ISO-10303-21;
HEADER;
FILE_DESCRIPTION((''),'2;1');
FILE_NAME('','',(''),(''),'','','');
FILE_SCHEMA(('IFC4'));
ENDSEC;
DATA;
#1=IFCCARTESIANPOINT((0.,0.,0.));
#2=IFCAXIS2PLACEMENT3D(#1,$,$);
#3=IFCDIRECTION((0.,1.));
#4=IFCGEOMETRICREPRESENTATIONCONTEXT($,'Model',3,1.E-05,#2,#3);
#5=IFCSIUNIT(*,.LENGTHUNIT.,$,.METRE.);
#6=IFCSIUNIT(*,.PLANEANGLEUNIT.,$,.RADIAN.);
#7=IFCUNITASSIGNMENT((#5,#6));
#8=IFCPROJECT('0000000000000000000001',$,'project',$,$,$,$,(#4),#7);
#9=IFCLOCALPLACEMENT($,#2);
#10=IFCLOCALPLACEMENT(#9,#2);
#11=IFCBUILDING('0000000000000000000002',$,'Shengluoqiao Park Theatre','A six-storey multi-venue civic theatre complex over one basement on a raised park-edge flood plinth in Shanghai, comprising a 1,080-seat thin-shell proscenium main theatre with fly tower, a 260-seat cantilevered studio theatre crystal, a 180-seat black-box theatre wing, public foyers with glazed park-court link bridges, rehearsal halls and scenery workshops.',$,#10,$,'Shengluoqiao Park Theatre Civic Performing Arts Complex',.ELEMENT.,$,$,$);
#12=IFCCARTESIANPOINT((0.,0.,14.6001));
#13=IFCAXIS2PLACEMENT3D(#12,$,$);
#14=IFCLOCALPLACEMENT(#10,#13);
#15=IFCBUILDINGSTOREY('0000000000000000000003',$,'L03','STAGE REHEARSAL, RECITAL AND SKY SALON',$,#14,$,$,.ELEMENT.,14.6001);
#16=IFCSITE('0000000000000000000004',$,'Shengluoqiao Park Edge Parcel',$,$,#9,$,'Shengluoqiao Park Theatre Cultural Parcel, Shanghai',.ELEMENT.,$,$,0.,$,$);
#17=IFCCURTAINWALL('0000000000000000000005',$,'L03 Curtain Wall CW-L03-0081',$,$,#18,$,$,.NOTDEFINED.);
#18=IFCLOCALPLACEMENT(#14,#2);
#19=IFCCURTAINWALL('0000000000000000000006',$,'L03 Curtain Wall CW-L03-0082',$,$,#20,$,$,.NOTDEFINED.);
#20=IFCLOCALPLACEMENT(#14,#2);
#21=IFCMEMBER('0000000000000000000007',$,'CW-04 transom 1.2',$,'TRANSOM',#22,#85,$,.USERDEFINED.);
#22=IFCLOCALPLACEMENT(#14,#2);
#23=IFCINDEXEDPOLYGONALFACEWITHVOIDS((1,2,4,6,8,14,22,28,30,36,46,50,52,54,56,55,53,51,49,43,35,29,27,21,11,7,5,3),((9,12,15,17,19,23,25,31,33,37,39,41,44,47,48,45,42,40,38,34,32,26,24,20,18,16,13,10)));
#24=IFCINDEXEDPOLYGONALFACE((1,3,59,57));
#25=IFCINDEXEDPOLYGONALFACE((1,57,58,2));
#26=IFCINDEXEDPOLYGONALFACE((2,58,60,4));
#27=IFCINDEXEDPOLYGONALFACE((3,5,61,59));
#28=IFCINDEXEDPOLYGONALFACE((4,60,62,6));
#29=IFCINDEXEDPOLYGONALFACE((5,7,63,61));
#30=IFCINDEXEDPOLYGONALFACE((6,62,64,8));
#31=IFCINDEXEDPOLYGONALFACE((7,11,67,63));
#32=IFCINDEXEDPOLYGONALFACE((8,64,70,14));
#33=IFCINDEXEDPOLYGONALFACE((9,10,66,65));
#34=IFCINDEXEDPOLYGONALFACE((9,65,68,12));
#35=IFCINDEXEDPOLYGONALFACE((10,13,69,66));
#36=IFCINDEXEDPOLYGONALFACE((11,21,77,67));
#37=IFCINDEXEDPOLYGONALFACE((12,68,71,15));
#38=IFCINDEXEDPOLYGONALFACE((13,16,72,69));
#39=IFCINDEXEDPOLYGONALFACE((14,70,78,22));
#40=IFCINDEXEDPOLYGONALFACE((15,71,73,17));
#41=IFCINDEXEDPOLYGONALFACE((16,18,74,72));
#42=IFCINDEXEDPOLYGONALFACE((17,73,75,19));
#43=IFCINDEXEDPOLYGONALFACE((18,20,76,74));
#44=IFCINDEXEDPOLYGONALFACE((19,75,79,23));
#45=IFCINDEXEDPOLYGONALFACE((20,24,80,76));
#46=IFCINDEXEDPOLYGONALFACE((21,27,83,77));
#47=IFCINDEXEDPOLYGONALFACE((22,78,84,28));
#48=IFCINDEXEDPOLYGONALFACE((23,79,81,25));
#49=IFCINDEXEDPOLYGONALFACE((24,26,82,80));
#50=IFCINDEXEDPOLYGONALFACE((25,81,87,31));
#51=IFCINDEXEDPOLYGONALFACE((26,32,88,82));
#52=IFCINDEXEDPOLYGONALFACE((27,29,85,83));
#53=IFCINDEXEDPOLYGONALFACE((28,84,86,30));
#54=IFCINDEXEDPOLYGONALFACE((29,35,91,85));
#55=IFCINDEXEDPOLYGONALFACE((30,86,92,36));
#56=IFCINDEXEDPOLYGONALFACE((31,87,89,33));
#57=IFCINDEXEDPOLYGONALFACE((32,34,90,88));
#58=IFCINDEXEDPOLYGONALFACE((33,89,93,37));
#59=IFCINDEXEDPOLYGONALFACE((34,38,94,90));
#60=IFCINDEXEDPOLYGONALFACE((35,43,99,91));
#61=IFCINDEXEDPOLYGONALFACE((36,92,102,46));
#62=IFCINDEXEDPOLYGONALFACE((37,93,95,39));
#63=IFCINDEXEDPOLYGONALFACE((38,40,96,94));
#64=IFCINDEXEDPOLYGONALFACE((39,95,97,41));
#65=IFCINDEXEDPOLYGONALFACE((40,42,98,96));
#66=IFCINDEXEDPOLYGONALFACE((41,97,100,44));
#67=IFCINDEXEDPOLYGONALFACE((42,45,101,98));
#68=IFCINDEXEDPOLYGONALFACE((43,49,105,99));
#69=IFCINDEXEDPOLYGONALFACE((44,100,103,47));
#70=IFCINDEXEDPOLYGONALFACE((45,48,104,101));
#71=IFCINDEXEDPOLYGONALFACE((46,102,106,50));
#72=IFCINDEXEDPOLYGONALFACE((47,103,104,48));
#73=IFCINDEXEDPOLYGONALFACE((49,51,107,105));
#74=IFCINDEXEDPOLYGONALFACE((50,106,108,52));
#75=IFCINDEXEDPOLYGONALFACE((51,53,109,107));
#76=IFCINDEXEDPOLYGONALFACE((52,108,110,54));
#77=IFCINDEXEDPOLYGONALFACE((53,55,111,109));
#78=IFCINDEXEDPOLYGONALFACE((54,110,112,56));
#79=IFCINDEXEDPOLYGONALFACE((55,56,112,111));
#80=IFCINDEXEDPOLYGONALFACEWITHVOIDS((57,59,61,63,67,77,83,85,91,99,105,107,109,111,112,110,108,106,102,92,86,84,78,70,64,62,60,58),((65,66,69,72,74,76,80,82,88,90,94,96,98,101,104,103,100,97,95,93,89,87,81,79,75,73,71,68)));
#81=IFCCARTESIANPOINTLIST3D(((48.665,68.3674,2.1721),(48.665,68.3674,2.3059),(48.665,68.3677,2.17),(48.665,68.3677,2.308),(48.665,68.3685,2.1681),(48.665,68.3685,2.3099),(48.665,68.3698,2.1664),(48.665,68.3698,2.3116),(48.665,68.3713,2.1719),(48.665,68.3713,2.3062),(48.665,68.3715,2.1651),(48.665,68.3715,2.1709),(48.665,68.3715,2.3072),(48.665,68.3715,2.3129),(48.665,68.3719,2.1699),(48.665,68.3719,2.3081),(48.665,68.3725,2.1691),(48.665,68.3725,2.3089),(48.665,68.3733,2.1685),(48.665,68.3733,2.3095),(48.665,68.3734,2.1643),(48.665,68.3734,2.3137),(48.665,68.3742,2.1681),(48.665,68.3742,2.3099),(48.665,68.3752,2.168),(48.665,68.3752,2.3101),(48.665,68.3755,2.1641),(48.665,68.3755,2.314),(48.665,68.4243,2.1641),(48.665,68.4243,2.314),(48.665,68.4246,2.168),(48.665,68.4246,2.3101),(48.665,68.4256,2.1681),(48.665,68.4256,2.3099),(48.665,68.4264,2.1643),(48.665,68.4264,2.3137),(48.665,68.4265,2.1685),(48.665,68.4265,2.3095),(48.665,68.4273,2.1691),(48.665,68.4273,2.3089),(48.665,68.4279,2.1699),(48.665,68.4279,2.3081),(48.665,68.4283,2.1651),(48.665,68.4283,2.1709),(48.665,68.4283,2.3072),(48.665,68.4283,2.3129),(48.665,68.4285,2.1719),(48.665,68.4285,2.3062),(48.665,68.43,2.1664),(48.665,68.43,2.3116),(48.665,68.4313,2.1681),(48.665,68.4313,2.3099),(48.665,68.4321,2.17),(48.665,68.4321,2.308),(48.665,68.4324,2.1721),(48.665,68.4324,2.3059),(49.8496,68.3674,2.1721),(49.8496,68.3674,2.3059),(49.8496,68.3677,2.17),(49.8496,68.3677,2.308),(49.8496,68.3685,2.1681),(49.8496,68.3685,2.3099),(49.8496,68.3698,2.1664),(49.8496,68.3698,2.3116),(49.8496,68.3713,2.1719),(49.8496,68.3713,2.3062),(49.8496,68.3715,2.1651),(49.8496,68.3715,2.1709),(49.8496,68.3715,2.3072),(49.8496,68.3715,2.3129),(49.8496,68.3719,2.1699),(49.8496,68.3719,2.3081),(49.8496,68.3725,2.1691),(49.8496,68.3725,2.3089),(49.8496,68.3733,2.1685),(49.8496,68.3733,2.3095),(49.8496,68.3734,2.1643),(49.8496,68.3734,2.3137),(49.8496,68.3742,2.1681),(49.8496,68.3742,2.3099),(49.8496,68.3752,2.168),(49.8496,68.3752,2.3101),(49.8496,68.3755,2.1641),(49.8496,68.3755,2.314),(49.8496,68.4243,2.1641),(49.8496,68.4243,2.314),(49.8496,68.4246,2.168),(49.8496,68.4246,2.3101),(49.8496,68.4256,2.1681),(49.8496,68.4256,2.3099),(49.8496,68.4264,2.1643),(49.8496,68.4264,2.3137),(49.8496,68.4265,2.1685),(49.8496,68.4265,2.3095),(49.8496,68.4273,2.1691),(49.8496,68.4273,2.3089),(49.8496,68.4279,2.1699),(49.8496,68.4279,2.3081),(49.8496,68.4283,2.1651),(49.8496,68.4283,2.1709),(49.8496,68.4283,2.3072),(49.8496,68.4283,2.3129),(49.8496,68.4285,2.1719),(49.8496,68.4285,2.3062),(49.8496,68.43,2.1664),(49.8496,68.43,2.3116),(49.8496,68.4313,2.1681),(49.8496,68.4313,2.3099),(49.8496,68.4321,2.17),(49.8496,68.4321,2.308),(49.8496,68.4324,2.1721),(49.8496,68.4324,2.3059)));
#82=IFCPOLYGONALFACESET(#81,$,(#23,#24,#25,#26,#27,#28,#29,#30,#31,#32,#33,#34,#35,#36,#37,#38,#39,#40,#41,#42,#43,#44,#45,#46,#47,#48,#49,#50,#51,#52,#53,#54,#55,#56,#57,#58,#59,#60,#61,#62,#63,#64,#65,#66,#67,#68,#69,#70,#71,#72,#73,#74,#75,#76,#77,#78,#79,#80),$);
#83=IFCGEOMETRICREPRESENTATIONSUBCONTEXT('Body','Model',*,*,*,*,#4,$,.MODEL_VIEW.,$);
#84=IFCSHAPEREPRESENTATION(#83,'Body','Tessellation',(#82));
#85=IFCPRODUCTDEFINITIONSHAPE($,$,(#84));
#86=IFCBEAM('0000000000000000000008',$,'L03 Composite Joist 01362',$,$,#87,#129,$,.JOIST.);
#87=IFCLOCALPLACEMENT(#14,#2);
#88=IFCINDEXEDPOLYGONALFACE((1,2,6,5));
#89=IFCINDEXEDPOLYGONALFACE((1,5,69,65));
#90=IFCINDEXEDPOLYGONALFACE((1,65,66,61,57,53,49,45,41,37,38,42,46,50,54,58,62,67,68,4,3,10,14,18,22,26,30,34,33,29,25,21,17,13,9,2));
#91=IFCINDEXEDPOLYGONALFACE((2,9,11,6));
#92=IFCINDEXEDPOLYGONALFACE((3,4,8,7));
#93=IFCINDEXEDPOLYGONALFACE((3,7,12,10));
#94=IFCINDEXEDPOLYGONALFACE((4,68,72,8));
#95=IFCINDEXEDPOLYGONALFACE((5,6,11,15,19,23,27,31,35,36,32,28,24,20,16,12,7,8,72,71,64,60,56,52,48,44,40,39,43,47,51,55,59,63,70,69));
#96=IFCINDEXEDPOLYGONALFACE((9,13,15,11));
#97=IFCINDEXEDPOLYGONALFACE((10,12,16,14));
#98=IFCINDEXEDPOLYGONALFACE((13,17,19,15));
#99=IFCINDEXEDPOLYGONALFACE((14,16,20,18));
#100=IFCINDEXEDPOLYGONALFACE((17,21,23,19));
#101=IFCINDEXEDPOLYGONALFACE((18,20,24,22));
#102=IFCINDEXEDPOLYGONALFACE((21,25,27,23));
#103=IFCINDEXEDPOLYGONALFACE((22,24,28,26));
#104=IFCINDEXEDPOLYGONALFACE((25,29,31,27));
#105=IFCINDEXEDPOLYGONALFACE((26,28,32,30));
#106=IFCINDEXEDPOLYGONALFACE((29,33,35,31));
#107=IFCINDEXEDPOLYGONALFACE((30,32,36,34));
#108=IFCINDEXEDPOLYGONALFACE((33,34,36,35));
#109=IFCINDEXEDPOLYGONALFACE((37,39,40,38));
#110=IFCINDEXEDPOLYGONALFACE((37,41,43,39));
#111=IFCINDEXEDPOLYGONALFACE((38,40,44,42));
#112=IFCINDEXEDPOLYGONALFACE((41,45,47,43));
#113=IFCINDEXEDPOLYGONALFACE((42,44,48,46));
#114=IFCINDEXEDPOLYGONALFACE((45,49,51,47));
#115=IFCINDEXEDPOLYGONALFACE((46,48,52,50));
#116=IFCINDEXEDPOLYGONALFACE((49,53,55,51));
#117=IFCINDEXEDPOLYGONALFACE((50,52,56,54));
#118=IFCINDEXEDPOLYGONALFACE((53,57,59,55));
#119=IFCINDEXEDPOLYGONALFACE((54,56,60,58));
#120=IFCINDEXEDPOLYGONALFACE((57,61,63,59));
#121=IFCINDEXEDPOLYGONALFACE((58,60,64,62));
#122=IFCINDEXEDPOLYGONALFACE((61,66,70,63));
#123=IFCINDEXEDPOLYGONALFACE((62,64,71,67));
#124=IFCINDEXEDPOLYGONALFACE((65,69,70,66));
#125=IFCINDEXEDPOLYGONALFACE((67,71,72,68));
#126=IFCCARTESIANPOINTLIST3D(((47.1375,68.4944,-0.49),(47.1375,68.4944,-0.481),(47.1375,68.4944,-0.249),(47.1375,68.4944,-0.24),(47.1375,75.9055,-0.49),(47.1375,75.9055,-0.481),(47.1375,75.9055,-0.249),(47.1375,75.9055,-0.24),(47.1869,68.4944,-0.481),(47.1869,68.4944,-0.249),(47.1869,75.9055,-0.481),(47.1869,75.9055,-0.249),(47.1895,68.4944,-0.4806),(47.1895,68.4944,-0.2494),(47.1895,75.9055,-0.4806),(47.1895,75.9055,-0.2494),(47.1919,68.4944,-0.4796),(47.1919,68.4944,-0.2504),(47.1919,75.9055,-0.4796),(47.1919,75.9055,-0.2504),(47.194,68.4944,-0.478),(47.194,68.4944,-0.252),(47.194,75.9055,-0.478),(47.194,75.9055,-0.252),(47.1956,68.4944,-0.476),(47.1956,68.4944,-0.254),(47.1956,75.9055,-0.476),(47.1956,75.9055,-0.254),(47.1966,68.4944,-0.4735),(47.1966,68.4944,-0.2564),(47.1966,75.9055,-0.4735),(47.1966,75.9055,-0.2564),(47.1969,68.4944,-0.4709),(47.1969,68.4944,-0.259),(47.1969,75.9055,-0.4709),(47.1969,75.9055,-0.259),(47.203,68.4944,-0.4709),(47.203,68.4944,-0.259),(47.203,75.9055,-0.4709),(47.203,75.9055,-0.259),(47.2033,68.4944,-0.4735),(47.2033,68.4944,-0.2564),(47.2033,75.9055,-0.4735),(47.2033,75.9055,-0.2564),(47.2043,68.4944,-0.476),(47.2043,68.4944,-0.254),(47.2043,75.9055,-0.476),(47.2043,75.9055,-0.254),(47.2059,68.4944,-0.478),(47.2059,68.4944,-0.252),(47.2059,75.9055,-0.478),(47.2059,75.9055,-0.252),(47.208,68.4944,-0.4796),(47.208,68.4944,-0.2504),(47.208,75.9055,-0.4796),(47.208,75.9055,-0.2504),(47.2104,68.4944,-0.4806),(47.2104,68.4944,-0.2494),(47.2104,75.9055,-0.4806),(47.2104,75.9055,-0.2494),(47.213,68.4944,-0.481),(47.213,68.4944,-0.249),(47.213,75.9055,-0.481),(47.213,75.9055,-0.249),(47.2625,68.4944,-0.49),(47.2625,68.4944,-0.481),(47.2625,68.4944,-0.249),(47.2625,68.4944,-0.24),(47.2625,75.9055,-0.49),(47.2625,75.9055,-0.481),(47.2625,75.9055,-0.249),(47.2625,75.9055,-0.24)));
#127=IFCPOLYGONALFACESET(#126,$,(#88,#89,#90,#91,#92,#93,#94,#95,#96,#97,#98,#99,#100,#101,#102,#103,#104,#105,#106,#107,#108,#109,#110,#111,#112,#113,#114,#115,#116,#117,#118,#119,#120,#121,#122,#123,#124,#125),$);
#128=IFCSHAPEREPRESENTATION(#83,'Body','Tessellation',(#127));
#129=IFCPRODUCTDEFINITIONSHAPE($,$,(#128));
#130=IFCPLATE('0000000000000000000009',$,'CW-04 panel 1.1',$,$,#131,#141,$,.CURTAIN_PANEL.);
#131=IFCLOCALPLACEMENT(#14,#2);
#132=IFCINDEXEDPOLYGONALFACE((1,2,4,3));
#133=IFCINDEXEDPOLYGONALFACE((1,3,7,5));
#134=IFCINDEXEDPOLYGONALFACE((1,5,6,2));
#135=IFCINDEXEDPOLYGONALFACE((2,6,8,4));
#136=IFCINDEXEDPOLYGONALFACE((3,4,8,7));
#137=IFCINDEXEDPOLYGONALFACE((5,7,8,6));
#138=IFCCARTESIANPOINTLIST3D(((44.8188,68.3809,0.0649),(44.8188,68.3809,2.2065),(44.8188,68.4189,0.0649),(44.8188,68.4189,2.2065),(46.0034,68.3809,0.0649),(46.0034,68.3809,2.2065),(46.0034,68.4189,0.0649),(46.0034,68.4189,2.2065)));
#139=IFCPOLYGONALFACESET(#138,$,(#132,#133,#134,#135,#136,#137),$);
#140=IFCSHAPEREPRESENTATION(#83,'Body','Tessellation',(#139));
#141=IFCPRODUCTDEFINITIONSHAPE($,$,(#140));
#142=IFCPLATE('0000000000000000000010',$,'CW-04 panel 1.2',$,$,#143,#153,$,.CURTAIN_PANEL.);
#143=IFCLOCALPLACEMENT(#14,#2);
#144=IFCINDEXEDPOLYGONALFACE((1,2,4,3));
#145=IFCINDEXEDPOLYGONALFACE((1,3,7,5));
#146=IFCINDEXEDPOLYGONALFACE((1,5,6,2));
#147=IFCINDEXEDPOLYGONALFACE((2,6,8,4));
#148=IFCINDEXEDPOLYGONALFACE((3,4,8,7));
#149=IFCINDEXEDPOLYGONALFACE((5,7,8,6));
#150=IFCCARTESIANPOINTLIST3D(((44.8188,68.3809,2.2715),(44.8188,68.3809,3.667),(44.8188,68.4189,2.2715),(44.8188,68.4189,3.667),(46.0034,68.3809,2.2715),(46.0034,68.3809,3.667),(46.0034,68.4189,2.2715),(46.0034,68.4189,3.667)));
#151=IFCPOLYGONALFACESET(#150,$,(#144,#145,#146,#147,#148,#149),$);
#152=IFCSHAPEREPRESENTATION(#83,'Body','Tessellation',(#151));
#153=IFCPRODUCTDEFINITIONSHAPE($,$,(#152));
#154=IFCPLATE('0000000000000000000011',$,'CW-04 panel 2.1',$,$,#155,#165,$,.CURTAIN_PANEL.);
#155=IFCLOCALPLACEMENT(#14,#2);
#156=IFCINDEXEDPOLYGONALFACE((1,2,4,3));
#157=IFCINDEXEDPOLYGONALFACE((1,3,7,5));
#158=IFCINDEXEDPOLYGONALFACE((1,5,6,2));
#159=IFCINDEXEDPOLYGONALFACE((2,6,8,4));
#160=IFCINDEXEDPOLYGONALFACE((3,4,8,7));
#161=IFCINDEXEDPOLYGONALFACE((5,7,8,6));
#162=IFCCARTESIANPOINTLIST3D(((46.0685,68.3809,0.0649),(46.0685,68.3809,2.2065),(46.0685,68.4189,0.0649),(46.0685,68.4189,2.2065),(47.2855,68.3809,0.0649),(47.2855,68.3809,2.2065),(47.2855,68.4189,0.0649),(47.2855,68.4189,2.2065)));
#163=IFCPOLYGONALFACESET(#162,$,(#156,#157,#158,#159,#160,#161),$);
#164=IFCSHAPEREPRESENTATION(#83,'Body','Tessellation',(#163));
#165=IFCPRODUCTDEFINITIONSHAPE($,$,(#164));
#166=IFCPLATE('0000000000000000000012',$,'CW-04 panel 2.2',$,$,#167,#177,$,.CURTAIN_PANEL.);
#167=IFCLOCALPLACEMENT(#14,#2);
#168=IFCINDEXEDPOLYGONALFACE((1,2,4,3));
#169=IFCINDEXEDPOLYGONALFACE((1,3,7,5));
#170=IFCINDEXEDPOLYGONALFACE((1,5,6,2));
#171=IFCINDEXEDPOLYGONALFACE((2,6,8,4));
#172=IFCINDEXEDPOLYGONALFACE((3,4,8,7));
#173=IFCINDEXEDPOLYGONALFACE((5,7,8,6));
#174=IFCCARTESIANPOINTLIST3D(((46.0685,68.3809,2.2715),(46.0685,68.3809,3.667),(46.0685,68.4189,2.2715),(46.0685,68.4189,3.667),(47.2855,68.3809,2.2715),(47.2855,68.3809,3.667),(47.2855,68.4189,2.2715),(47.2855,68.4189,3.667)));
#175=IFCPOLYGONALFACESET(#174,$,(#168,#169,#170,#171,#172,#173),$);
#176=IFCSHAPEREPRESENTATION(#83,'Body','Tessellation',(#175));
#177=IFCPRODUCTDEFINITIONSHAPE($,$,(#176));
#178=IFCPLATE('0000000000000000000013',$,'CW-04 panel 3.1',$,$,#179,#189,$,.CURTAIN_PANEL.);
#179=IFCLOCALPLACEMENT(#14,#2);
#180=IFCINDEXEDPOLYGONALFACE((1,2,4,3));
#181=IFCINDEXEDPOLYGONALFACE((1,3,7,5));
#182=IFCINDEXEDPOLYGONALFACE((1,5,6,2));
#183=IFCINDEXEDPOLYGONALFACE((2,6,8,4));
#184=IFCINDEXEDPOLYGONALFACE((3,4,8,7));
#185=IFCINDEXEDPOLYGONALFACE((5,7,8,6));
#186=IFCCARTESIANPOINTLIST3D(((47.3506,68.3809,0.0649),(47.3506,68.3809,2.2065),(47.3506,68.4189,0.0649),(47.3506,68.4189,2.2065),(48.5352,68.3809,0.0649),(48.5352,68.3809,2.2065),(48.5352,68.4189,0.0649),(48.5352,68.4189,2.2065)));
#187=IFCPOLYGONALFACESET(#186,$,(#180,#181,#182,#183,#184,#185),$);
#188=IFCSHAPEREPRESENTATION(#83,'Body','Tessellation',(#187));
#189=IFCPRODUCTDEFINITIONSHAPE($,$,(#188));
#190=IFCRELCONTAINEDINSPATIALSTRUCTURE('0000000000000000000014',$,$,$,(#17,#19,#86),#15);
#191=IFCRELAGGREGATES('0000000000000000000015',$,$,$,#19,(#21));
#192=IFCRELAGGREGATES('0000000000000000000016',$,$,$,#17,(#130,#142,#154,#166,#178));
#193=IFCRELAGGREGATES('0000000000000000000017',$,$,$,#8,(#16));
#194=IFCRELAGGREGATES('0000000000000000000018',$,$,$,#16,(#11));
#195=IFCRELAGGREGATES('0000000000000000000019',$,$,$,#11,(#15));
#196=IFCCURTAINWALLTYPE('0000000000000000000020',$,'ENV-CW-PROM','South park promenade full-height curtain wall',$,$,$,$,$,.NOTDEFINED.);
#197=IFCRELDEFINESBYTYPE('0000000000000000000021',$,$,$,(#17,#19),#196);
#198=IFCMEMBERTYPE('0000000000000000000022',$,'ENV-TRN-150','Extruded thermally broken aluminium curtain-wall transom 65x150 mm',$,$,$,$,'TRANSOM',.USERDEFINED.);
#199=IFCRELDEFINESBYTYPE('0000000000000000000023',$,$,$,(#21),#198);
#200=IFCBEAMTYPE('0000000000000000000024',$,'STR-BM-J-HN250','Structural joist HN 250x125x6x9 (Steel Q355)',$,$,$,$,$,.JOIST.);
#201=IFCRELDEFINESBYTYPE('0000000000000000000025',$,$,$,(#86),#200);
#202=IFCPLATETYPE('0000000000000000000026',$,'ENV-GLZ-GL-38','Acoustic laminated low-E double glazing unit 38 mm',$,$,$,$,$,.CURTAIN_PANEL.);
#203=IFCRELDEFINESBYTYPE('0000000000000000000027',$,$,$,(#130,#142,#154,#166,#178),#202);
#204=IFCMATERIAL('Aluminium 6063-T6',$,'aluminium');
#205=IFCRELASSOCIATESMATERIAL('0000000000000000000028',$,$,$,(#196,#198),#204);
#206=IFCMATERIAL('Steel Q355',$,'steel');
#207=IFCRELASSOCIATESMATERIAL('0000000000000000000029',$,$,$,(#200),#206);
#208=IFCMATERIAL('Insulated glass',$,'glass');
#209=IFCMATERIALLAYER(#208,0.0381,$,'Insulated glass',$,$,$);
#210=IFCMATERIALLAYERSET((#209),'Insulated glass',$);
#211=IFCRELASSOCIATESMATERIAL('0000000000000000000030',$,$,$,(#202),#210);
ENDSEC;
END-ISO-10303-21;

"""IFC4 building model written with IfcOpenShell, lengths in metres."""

from ifc_helpers import new_model, si_unit, direction, frame, origin, origin_2d, place, context, subcontext, project, spatial, rectangle, hollow_rectangle, i_section, extrude, material, layer, layer_set, material_profile, profile_set, type_object, element, aggregate, save


model = new_model("IFC4")

# Units and contexts
model_context = context("Model", 3, precision=1e-05, world=origin(), true_north=direction((0.0, 1.0)))
body_context = subcontext(model_context, "Body", "Model", "MODEL_VIEW")
ifc_project = project(units=[si_unit("LENGTHUNIT", "METRE"), si_unit("PLANEANGLEUNIT", "RADIAN")], contexts=[model_context])

# Site, building, storey
site_placement = place(None, origin())
site = spatial("IfcSite", under=ifc_project, at=site_placement, Name="Shengluoqiao Park Edge Parcel", LongName="Shengluoqiao Park Theatre Cultural Parcel, Shanghai", CompositionType="ELEMENT", RefElevation=0.0)
building_placement = place(site_placement, origin())
building = spatial("IfcBuilding", under=site, at=building_placement, Name="Shengluoqiao Park Theatre", Description="A six-storey multi-venue civic theatre complex over one basement on a raised park-edge flood plinth in Shanghai, comprising a 1,080-seat thin-shell proscenium main theatre with fly tower, a 260-seat cantilevered studio theatre crystal, a 180-seat black-box theatre wing, public foyers with glazed park-court link bridges, rehearsal halls and scenery workshops.", LongName="Shengluoqiao Park Theatre Civic Performing Arts Complex", CompositionType="ELEMENT")
storey_placement = place(building_placement, frame((0.0, 0.0, 14.6001)))
storey = spatial("IfcBuildingStorey", under=building, at=storey_placement, Name="L03", Description="STAGE REHEARSAL, RECITAL AND SKY SALON", CompositionType="ELEMENT", Elevation=14.6001)

# Curtain wall
ifc_material_1 = material(Name="Aluminium 6063-T6", Category="aluminium")
curtain_wall_type = type_object("IfcCurtainWallType", Name="ENV-CW-PROM", Description="South park promenade full-height curtain wall", PredefinedType="NOTDEFINED", material=ifc_material_1)
curtain_wall_1_placement = place(storey_placement, origin())
curtain_wall_1 = element("IfcCurtainWall", 1, at=curtain_wall_1_placement, inside=storey, type_object=curtain_wall_type, Name="L03 Curtain Wall CW-L03-0081", PredefinedType="NOTDEFINED")

# Curtain wall
curtain_wall_2_placement = place(storey_placement, origin())
curtain_wall_2 = element("IfcCurtainWall", 2, at=curtain_wall_2_placement, inside=storey, type_object=curtain_wall_type, Name="L03 Curtain Wall CW-L03-0082", PredefinedType="NOTDEFINED")

# Member
ifc_material_profile_1 = material_profile(ifc_material_1, hollow_rectangle(XDim=0.0649, YDim=0.1499, WallThickness=0.0039, InnerFilletRadius=0.0039, OuterFilletRadius=0.0081, at=origin_2d()), Name="ALU TRANSOM 150x65x4")
ifc_profile_set_1 = profile_set([ifc_material_profile_1], Name="Aluminium 6063-T6")
member_type_1 = type_object("IfcMemberType", Name="ENV-TRN-150", Description="Extruded thermally broken aluminium curtain-wall transom 65x150 mm", ElementType="TRANSOM", PredefinedType="USERDEFINED", material=ifc_profile_set_1)
member_1_placement = place(storey_placement, frame((48.665, 68.3999, 2.239), z_axis=(1.0, 0.0, 0.0), x_axis=(0.0, 1.0, 0.0)))
member_1 = element("IfcMember", 3, at=member_1_placement, type_object=member_type_1, Name="CW-04 transom 1.2", ObjectType="TRANSOM", PredefinedType="USERDEFINED", context=body_context, shape_type="SweptSolid", body=[
    extrude(hollow_rectangle(XDim=0.0649, YDim=0.1499, WallThickness=0.0039, InnerFilletRadius=0.0039, OuterFilletRadius=0.0081, at=origin_2d()), origin(), (0.0, 0.0, 1.0), 1.1846),
])
aggregate(curtain_wall_2, [member_1])

# Beam
ifc_material_2 = material(Name="Steel Q355", Category="steel")
ifc_material_profile_2 = material_profile(ifc_material_2, i_section(OverallWidth=0.125, OverallDepth=0.25, WebThickness=0.0061, FlangeThickness=0.009, FilletRadius=0.01, at=origin_2d()), Name="HN 250x125x6x9")
ifc_profile_set_2 = profile_set([ifc_material_profile_2], Name="Steel Q355")
beam_type = type_object("IfcBeamType", Name="STR-BM-J-HN250", Description="Structural joist HN 250x125x6x9 (Steel Q355)", PredefinedType="JOIST", material=ifc_profile_set_2)
beam_placement = place(storey_placement, frame((47.2, 68.4944, -0.365), z_axis=(0.0, 1.0, 0.0), x_axis=(-1.0, 0.0, 0.0)))
element("IfcBeam", 4, at=beam_placement, inside=storey, type_object=beam_type, Name="L03 Composite Joist 01362", PredefinedType="JOIST", context=body_context, shape_type="SweptSolid", body=[
    extrude(i_section(OverallWidth=0.125, OverallDepth=0.25, WebThickness=0.0061, FlangeThickness=0.009, FilletRadius=0.01, at=origin_2d()), origin(), (0.0, 0.0, 1.0), 7.4111),
])

# Plates
ifc_material_3 = material(Name="Insulated glass", Category="glass")
ifc_layer_1 = layer(ifc_material_3, 0.0381, Name="Insulated glass")
ifc_layer_set_1 = layer_set([ifc_layer_1], Name="Insulated glass")
plate_type = type_object("IfcPlateType", Name="ENV-GLZ-GL-38", Description="Acoustic laminated low-E double glazing unit 38 mm", PredefinedType="CURTAIN_PANEL", material=ifc_layer_set_1)
plate_1_placement = place(storey_placement, frame((45.4111, 68.3999, 0.0649), z_axis=(0.0, 0.0, 1.0), x_axis=(1.0, 0.0, 0.0)))
plate_1 = element("IfcPlate", 5, at=plate_1_placement, type_object=plate_type, Name="CW-04 panel 1.1", PredefinedType="CURTAIN_PANEL", context=body_context, shape_type="SweptSolid", body=[
    extrude(rectangle(XDim=1.1846, YDim=0.0381, at=origin_2d()), origin(), (0.0, 0.0, 1.0), 2.1416),
])
plate_2_placement = place(storey_placement, frame((45.4111, 68.3999, 2.2715), z_axis=(0.0, 0.0, 1.0), x_axis=(1.0, 0.0, 0.0)))
plate_2 = element("IfcPlate", 6, at=plate_2_placement, type_object=plate_type, Name="CW-04 panel 1.2", PredefinedType="CURTAIN_PANEL", context=body_context, shape_type="SweptSolid", body=[
    extrude(rectangle(XDim=1.1846, YDim=0.0381, at=origin_2d()), origin(), (0.0, 0.0, 1.0), 1.3955),
])
plate_3_placement = place(storey_placement, frame((46.677, 68.3999, 0.0649), z_axis=(0.0, 0.0, 1.0), x_axis=(1.0, 0.0, 0.0)))
plate_3 = element("IfcPlate", 7, at=plate_3_placement, type_object=plate_type, Name="CW-04 panel 2.1", PredefinedType="CURTAIN_PANEL", context=body_context, shape_type="SweptSolid", body=[
    extrude(rectangle(XDim=1.217, YDim=0.0381, at=origin_2d()), origin(), (0.0, 0.0, 1.0), 2.1416),
])
plate_4_placement = place(storey_placement, frame((46.677, 68.3999, 2.2715), z_axis=(0.0, 0.0, 1.0), x_axis=(1.0, 0.0, 0.0)))
plate_4 = element("IfcPlate", 8, at=plate_4_placement, type_object=plate_type, Name="CW-04 panel 2.2", PredefinedType="CURTAIN_PANEL", context=body_context, shape_type="SweptSolid", body=[
    extrude(rectangle(XDim=1.217, YDim=0.0381, at=origin_2d()), origin(), (0.0, 0.0, 1.0), 1.3955),
])
plate_5_placement = place(storey_placement, frame((47.9429, 68.3999, 0.0649), z_axis=(0.0, 0.0, 1.0), x_axis=(1.0, 0.0, 0.0)))
plate_5 = element("IfcPlate", 9, at=plate_5_placement, type_object=plate_type, Name="CW-04 panel 3.1", PredefinedType="CURTAIN_PANEL", context=body_context, shape_type="SweptSolid", body=[
    extrude(rectangle(XDim=1.1846, YDim=0.0381, at=origin_2d()), origin(), (0.0, 0.0, 1.0), 2.1416),
])
aggregate(curtain_wall_1, [plate_1, plate_2, plate_3, plate_4, plate_5])

save(model, "model.ifc")
